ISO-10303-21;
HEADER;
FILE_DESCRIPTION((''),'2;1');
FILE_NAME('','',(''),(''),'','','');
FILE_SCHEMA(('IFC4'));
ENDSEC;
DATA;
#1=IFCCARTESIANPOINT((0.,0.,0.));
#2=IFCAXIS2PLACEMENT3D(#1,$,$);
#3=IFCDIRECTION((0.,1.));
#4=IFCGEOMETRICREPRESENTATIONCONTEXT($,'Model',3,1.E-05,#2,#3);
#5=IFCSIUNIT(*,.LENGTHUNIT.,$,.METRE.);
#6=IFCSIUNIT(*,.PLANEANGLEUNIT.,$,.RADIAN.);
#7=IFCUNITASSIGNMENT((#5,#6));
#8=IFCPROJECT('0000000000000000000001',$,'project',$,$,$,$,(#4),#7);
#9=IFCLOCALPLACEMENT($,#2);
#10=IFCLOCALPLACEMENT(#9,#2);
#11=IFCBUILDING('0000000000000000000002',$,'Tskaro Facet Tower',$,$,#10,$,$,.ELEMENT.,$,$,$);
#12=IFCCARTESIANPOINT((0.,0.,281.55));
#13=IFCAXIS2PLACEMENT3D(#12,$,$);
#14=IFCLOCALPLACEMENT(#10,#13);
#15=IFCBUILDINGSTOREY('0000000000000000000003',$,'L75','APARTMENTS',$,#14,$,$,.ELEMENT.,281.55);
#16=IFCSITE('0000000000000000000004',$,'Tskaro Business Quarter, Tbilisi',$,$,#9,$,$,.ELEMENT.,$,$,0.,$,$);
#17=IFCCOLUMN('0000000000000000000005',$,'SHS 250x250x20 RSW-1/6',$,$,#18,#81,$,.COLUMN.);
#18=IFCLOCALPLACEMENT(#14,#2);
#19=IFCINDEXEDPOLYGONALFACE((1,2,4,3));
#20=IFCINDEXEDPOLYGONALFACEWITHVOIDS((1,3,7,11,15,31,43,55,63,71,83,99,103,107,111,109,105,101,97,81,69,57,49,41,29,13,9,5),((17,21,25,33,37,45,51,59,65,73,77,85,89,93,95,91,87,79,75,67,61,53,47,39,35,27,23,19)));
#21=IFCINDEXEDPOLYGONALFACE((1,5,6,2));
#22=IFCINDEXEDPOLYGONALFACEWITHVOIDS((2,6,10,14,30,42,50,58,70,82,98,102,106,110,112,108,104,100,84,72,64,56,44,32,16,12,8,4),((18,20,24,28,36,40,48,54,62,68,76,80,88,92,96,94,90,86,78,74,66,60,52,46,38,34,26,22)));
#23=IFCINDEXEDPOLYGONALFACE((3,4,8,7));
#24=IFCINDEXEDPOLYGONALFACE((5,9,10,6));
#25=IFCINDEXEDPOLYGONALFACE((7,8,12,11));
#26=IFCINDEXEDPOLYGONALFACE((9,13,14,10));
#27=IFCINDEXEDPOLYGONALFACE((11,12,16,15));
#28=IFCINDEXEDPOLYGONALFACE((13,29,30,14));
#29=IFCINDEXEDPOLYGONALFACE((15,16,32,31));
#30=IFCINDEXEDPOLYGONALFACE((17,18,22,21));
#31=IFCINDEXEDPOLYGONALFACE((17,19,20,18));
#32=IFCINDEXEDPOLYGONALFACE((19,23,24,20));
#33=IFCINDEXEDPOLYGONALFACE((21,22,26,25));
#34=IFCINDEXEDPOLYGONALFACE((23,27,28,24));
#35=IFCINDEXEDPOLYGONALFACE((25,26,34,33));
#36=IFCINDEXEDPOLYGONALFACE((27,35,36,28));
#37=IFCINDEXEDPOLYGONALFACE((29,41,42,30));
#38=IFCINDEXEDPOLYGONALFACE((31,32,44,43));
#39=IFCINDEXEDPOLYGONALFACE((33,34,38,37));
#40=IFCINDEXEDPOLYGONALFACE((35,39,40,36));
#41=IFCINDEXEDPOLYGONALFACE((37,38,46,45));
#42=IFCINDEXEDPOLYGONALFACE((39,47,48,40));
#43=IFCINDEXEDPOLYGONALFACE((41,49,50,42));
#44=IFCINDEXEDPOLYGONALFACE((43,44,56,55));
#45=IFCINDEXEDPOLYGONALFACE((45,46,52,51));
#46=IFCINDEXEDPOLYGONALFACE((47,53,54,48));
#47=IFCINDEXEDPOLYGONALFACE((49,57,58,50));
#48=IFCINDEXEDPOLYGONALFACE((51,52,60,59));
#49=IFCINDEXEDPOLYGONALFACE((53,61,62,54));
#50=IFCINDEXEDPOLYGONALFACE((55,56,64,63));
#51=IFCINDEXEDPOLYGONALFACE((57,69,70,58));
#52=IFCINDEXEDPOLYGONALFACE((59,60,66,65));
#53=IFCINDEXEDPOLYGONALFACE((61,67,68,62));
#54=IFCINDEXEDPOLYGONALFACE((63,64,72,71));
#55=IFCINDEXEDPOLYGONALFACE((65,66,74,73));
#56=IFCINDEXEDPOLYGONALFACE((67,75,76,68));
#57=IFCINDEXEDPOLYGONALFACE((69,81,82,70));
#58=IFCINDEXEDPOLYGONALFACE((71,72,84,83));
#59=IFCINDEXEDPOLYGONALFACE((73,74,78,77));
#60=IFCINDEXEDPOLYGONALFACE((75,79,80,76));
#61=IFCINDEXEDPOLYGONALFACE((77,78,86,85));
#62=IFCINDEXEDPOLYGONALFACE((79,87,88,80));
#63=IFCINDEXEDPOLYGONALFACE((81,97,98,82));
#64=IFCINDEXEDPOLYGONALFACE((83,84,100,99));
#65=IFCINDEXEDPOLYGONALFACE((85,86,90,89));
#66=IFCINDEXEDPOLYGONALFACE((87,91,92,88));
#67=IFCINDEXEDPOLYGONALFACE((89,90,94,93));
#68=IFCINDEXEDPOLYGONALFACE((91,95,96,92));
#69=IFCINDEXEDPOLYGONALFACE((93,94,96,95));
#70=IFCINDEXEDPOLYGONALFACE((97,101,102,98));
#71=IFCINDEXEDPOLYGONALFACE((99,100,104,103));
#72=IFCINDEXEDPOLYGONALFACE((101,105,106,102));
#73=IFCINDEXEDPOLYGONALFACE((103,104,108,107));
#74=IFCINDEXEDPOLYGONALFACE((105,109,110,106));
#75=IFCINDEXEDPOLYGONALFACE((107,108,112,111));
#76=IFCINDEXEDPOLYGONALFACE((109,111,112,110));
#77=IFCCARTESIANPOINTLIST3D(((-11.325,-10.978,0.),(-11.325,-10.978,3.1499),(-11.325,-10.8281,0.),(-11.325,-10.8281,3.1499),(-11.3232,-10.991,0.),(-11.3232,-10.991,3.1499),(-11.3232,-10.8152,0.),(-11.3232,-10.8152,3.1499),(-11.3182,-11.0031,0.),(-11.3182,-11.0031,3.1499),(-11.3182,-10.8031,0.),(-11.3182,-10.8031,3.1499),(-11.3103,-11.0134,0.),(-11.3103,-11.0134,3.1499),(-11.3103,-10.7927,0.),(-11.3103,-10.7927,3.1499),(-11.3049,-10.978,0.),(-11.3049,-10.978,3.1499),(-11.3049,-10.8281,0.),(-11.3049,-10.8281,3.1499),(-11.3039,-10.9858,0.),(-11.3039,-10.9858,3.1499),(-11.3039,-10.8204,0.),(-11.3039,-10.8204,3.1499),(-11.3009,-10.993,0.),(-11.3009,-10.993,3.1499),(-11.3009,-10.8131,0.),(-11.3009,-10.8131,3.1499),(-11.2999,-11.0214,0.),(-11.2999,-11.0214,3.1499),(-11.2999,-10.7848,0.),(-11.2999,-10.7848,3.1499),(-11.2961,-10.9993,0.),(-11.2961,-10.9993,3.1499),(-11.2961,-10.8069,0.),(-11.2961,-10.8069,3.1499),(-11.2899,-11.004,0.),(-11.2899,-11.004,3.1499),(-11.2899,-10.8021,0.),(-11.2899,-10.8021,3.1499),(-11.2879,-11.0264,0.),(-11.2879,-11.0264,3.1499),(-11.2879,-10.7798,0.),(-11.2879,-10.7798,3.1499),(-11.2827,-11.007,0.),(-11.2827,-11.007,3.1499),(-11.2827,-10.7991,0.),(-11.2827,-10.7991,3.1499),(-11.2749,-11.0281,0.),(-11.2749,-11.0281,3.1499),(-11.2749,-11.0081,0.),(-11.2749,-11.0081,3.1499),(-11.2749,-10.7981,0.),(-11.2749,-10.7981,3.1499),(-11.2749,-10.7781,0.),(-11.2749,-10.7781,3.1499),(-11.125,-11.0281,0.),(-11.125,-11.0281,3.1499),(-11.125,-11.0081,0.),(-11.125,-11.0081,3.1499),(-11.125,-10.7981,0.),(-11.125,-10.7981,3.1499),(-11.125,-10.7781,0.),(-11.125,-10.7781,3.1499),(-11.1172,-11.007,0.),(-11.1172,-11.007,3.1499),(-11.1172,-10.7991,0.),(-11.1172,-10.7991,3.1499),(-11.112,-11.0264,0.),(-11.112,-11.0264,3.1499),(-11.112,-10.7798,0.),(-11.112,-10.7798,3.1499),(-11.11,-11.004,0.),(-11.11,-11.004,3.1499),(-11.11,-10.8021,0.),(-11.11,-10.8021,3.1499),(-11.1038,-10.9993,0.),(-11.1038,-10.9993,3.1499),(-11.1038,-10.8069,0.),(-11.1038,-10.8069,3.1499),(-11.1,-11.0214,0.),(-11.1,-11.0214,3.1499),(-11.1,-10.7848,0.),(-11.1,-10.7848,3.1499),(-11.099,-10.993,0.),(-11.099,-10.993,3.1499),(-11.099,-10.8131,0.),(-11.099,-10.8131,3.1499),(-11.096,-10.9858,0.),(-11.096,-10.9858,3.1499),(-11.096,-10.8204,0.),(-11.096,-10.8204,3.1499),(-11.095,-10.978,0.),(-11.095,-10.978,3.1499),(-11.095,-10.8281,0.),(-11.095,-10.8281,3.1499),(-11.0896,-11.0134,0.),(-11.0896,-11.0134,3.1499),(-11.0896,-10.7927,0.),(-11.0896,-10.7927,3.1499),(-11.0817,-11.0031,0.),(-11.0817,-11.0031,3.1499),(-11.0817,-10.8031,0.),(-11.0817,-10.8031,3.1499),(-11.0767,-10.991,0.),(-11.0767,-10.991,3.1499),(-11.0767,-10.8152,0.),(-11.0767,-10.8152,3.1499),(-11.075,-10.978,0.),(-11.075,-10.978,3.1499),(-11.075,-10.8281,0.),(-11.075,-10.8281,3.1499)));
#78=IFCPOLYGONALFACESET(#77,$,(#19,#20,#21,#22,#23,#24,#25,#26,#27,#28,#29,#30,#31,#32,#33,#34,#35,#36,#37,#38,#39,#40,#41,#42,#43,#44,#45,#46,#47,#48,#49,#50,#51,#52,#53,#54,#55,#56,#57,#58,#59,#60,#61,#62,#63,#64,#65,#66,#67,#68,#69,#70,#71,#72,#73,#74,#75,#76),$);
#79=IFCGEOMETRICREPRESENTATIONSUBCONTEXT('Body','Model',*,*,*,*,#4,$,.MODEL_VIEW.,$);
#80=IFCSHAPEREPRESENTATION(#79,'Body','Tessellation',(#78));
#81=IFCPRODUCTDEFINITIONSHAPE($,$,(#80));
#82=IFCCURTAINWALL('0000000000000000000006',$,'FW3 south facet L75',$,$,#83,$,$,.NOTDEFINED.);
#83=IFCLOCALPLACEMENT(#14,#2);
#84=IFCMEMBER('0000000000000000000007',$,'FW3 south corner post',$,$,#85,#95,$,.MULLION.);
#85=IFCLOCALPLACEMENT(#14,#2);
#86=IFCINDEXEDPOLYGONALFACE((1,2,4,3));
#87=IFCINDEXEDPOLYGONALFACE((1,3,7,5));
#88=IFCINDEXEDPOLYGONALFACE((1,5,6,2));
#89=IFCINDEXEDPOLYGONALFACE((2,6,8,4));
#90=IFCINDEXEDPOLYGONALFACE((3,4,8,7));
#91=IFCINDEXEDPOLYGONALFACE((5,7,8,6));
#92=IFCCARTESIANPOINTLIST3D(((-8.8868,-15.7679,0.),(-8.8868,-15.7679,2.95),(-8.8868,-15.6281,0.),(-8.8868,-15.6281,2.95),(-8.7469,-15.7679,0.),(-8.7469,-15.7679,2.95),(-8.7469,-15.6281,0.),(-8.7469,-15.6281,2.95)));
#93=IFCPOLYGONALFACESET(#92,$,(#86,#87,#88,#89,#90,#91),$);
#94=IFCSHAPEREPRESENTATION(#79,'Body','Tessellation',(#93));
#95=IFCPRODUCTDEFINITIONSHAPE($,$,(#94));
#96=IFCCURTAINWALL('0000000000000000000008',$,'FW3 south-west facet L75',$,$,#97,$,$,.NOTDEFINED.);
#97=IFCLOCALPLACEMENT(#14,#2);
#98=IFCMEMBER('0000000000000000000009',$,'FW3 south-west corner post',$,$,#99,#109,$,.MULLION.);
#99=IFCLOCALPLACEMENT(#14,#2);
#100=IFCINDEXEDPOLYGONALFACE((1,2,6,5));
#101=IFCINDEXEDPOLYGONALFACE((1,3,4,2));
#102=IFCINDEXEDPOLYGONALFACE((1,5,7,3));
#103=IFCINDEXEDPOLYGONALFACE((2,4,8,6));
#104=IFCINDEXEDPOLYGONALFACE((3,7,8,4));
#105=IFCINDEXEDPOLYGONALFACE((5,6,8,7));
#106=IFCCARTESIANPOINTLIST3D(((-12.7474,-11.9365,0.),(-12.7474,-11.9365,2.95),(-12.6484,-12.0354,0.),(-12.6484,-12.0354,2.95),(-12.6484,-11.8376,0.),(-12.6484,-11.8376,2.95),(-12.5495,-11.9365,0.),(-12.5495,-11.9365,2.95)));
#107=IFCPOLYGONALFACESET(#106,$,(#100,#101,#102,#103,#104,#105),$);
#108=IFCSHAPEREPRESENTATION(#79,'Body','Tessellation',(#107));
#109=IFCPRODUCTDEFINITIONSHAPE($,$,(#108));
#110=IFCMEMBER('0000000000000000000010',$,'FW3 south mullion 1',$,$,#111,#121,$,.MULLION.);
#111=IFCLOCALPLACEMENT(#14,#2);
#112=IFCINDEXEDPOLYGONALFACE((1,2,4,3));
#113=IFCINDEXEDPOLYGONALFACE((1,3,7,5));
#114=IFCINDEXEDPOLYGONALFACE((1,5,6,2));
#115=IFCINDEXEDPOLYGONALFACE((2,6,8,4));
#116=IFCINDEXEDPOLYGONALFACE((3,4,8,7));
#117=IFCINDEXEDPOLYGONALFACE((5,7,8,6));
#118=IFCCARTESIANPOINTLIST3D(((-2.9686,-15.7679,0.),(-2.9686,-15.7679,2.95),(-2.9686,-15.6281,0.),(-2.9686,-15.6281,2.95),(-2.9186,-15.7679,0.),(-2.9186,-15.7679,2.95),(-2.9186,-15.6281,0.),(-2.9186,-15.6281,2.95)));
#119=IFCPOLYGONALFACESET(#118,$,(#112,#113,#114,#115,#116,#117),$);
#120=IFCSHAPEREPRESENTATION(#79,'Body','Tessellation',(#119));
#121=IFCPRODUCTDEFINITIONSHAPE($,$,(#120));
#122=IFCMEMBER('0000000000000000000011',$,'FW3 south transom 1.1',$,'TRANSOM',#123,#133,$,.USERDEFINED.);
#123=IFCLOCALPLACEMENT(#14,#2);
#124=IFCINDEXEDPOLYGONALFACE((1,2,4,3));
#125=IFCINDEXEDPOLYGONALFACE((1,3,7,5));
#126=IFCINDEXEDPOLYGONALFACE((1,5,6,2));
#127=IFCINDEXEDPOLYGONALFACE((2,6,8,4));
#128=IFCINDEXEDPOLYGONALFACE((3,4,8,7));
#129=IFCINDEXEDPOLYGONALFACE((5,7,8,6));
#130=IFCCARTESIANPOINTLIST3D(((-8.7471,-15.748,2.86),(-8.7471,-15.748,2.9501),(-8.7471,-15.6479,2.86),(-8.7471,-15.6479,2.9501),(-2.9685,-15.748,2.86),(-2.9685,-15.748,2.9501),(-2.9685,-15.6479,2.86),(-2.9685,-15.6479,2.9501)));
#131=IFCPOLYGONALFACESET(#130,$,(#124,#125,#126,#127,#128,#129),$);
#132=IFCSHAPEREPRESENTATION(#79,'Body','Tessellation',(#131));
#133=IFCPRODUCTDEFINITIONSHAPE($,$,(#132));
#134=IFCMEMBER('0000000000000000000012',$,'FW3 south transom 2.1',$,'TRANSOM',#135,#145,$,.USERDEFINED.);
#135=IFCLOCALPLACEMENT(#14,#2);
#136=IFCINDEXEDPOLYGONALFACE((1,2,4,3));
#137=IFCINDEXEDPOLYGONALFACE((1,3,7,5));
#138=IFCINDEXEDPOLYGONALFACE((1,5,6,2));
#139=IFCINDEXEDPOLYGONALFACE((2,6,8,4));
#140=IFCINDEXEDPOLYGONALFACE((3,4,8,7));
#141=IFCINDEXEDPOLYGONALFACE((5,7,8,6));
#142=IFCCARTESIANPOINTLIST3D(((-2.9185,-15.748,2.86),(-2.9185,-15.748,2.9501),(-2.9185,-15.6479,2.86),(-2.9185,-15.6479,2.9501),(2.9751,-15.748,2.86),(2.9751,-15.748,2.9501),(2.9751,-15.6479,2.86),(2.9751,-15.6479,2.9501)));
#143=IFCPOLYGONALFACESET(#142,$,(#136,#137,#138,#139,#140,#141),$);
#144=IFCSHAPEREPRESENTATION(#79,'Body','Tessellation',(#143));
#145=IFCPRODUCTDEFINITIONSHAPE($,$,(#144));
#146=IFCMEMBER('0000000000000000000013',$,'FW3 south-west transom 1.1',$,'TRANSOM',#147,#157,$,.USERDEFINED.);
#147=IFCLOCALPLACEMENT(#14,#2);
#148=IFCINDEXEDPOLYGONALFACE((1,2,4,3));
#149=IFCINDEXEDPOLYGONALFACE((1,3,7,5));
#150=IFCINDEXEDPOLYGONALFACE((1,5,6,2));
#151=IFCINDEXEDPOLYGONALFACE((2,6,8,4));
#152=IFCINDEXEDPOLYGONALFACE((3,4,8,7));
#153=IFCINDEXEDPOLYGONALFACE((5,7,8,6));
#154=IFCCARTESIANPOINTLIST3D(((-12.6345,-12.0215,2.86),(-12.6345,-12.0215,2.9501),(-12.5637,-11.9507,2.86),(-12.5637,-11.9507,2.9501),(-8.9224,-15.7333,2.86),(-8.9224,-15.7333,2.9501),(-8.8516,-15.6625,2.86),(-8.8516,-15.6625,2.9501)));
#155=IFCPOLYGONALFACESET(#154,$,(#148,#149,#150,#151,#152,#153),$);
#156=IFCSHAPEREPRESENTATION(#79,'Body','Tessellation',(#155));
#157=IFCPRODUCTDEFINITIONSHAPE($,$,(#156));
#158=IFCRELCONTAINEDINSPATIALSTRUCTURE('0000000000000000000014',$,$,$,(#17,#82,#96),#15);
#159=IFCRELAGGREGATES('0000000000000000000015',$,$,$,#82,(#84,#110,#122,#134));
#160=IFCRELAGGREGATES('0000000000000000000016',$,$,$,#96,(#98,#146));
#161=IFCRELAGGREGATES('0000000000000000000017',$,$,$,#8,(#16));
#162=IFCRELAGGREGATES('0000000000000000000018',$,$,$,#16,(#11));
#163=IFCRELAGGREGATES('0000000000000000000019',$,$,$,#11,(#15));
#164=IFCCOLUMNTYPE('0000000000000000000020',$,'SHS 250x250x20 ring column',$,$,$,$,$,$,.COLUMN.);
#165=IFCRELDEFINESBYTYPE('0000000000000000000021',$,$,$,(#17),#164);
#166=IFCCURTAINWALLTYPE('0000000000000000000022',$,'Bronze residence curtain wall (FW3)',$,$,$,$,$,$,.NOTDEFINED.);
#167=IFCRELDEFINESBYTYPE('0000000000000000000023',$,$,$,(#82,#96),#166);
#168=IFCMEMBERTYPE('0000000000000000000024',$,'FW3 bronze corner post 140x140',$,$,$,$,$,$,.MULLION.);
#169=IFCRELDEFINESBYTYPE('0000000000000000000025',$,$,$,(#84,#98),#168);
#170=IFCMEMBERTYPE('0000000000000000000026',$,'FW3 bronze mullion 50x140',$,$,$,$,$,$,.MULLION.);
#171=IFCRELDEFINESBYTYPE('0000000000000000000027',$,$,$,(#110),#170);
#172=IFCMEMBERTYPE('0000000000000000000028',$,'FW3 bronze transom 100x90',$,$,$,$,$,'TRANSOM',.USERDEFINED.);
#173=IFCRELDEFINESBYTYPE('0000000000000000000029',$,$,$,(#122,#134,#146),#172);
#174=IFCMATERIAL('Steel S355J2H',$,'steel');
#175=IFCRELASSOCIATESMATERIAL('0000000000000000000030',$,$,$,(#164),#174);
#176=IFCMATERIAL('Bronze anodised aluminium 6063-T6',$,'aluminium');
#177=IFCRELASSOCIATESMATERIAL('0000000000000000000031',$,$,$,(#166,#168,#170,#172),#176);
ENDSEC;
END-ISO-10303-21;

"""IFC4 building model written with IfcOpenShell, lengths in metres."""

from ifc_helpers import new_model, si_unit, direction, frame, origin, origin_2d, place, context, subcontext, project, spatial, rectangle, hollow_rectangle, extrude, material, material_profile, profile_set, type_object, element, aggregate, save


model = new_model("IFC4")

# Units and contexts
model_context = context("Model", 3, precision=1e-05, world=origin(), true_north=direction((0.0, 1.0)))
body_context = subcontext(model_context, "Body", "Model", "MODEL_VIEW")
ifc_project = project(units=[si_unit("LENGTHUNIT", "METRE"), si_unit("PLANEANGLEUNIT", "RADIAN")], contexts=[model_context])

# Site, building, storey
site_placement = place(None, origin())
site = spatial("IfcSite", under=ifc_project, at=site_placement, Name="Tskaro Business Quarter, Tbilisi", CompositionType="ELEMENT", RefElevation=0.0)
building_placement = place(site_placement, origin())
building = spatial("IfcBuilding", under=site, at=building_placement, Name="Tskaro Facet Tower", CompositionType="ELEMENT")
storey_placement = place(building_placement, frame((0.0, 0.0, 281.55)))
storey = spatial("IfcBuildingStorey", under=building, at=storey_placement, Name="L75", Description="APARTMENTS", CompositionType="ELEMENT", Elevation=281.55)

# Column
ifc_material_1 = material(Name="Steel S355J2H", Category="steel")
ifc_material_profile_1 = material_profile(ifc_material_1, hollow_rectangle(XDim=0.25, YDim=0.25, WallThickness=0.02, InnerFilletRadius=0.03, OuterFilletRadius=0.05, at=origin_2d()), Name="SHS 250x250x20")
ifc_profile_set_1 = profile_set([ifc_material_profile_1], Name="Steel S355J2H")
column_type_1 = type_object("IfcColumnType", Name="SHS 250x250x20 ring column", PredefinedType="COLUMN", material=ifc_profile_set_1)
for number, where, z_axis, x_axis, name in (
    (1, (-11.2, -10.9031, 0.0), (0.0, 0.0, 1.0), (1.0, 0.0, 0.0), "SHS 250x250x20 RSW-1/6"),
):
    element("IfcColumn", number, at=place(storey_placement, frame(where, z_axis=z_axis, x_axis=x_axis)), inside=storey, type_object=column_type_1, Name=name, PredefinedType="COLUMN", context=body_context, shape_type="SweptSolid", body=[
        extrude(hollow_rectangle(XDim=0.25, YDim=0.25, WallThickness=0.02, InnerFilletRadius=0.03, OuterFilletRadius=0.05, at=origin_2d()), origin(), (0.0, 0.0, 1.0), 3.1499),
    ])

# Curtain walls, members
ifc_material_2 = material(Name="Bronze anodised aluminium 6063-T6", Category="aluminium")
curtain_wall_type = type_object("IfcCurtainWallType", Name="Bronze residence curtain wall (FW3)", PredefinedType="NOTDEFINED", material=ifc_material_2)
curtain_wall_1_placement = place(storey_placement, origin())
curtain_wall_1 = element("IfcCurtainWall", 2, at=curtain_wall_1_placement, inside=storey, type_object=curtain_wall_type, Name="FW3 south facet L75", PredefinedType="NOTDEFINED")
ifc_material_profile_2 = material_profile(ifc_material_2, rectangle(XDim=0.1399, YDim=0.1399, at=origin_2d()), Name="Corner post 140x140")
ifc_profile_set_2 = profile_set([ifc_material_profile_2], Name="Bronze anodised aluminium 6063-T6")
member_type_1 = type_object("IfcMemberType", Name="FW3 bronze corner post 140x140", PredefinedType="MULLION", material=ifc_profile_set_2)
member_1_placement = place(storey_placement, frame((-8.8169, -15.698, 0.0), z_axis=(0.0, 0.0, 1.0), x_axis=(1.0, 0.0, 0.0)))
member_1 = element("IfcMember", 3, at=member_1_placement, type_object=member_type_1, Name="FW3 south corner post", PredefinedType="MULLION", context=body_context, shape_type="SweptSolid", body=[
    extrude(rectangle(XDim=0.1399, YDim=0.1399, at=origin_2d()), origin(), (0.0, 0.0, 1.0), 2.95),
])
curtain_wall_2_placement = place(storey_placement, origin())
curtain_wall_2 = element("IfcCurtainWall", 4, at=curtain_wall_2_placement, inside=storey, type_object=curtain_wall_type, Name="FW3 south-west facet L75", PredefinedType="NOTDEFINED")
member_2_placement = place(storey_placement, frame((-12.6484, -11.9365, 0.0), z_axis=(0.0, 0.0, 1.0), x_axis=(0.707107, -0.707107, 0.0)))
member_2 = element("IfcMember", 5, at=member_2_placement, type_object=member_type_1, Name="FW3 south-west corner post", PredefinedType="MULLION", context=body_context, shape_type="SweptSolid", body=[
    extrude(rectangle(XDim=0.1399, YDim=0.1399, at=origin_2d()), origin(), (0.0, 0.0, 1.0), 2.95),
])

# Members
ifc_material_profile_3 = material_profile(ifc_material_2, rectangle(XDim=0.05, YDim=0.1399, at=origin_2d()), Name="Mullion 50x140")
ifc_profile_set_3 = profile_set([ifc_material_profile_3], Name="Bronze anodised aluminium 6063-T6")
member_type_2 = type_object("IfcMemberType", Name="FW3 bronze mullion 50x140", PredefinedType="MULLION", material=ifc_profile_set_3)
member_3_placement = place(storey_placement, frame((-2.9436, -15.698, 0.0), z_axis=(0.0, 0.0, 1.0), x_axis=(1.0, 0.0, 0.0)))
member_3 = element("IfcMember", 6, at=member_3_placement, type_object=member_type_2, Name="FW3 south mullion 1", PredefinedType="MULLION", context=body_context, shape_type="SweptSolid", body=[
    extrude(rectangle(XDim=0.05, YDim=0.1399, at=origin_2d()), origin(), (0.0, 0.0, 1.0), 2.95),
])
ifc_material_profile_4 = material_profile(ifc_material_2, rectangle(XDim=0.1001, YDim=0.0901, at=origin_2d()), Name="Transom 100x90")
ifc_profile_set_4 = profile_set([ifc_material_profile_4], Name="Bronze anodised aluminium 6063-T6")
member_type_3 = type_object("IfcMemberType", Name="FW3 bronze transom 100x90", ElementType="TRANSOM", PredefinedType="USERDEFINED", material=ifc_profile_set_4)
member_4_placement = place(storey_placement, frame((-8.7471, -15.698, 2.905), z_axis=(1.0, 0.0, 0.0), x_axis=(0.0, 1.0, 0.0)))
member_4 = element("IfcMember", 7, at=member_4_placement, type_object=member_type_3, Name="FW3 south transom 1.1", ObjectType="TRANSOM", PredefinedType="USERDEFINED", context=body_context, shape_type="SweptSolid", body=[
    extrude(rectangle(XDim=0.1001, YDim=0.0901, at=origin_2d()), origin(), (0.0, 0.0, 1.0), 5.7786),
])
member_5_placement = place(storey_placement, frame((-2.9185, -15.698, 2.905), z_axis=(1.0, 0.0, 0.0), x_axis=(0.0, 1.0, 0.0)))
member_5 = element("IfcMember", 8, at=member_5_placement, type_object=member_type_3, Name="FW3 south transom 2.1", ObjectType="TRANSOM", PredefinedType="USERDEFINED", context=body_context, shape_type="SweptSolid", body=[
    extrude(rectangle(XDim=0.1001, YDim=0.0901, at=origin_2d()), origin(), (0.0, 0.0, 1.0), 5.8936),
])
member_6_placement = place(storey_placement, frame((-12.5991, -11.9861, 2.905), z_axis=(0.70713, -0.707084, 0.0), x_axis=(0.707084, 0.70713, 0.0)))
member_6 = element("IfcMember", 9, at=member_6_placement, type_object=member_type_3, Name="FW3 south-west transom 1.1", ObjectType="TRANSOM", PredefinedType="USERDEFINED", context=body_context, shape_type="SweptSolid", body=[
    extrude(rectangle(XDim=0.1001, YDim=0.0901, at=origin_2d()), origin(), (0.0, 0.0, 1.0), 5.2495),
])

aggregate(curtain_wall_1, [member_1, member_3, member_4, member_5])
aggregate(curtain_wall_2, [member_2, member_6])

save(model, "model.ifc")
